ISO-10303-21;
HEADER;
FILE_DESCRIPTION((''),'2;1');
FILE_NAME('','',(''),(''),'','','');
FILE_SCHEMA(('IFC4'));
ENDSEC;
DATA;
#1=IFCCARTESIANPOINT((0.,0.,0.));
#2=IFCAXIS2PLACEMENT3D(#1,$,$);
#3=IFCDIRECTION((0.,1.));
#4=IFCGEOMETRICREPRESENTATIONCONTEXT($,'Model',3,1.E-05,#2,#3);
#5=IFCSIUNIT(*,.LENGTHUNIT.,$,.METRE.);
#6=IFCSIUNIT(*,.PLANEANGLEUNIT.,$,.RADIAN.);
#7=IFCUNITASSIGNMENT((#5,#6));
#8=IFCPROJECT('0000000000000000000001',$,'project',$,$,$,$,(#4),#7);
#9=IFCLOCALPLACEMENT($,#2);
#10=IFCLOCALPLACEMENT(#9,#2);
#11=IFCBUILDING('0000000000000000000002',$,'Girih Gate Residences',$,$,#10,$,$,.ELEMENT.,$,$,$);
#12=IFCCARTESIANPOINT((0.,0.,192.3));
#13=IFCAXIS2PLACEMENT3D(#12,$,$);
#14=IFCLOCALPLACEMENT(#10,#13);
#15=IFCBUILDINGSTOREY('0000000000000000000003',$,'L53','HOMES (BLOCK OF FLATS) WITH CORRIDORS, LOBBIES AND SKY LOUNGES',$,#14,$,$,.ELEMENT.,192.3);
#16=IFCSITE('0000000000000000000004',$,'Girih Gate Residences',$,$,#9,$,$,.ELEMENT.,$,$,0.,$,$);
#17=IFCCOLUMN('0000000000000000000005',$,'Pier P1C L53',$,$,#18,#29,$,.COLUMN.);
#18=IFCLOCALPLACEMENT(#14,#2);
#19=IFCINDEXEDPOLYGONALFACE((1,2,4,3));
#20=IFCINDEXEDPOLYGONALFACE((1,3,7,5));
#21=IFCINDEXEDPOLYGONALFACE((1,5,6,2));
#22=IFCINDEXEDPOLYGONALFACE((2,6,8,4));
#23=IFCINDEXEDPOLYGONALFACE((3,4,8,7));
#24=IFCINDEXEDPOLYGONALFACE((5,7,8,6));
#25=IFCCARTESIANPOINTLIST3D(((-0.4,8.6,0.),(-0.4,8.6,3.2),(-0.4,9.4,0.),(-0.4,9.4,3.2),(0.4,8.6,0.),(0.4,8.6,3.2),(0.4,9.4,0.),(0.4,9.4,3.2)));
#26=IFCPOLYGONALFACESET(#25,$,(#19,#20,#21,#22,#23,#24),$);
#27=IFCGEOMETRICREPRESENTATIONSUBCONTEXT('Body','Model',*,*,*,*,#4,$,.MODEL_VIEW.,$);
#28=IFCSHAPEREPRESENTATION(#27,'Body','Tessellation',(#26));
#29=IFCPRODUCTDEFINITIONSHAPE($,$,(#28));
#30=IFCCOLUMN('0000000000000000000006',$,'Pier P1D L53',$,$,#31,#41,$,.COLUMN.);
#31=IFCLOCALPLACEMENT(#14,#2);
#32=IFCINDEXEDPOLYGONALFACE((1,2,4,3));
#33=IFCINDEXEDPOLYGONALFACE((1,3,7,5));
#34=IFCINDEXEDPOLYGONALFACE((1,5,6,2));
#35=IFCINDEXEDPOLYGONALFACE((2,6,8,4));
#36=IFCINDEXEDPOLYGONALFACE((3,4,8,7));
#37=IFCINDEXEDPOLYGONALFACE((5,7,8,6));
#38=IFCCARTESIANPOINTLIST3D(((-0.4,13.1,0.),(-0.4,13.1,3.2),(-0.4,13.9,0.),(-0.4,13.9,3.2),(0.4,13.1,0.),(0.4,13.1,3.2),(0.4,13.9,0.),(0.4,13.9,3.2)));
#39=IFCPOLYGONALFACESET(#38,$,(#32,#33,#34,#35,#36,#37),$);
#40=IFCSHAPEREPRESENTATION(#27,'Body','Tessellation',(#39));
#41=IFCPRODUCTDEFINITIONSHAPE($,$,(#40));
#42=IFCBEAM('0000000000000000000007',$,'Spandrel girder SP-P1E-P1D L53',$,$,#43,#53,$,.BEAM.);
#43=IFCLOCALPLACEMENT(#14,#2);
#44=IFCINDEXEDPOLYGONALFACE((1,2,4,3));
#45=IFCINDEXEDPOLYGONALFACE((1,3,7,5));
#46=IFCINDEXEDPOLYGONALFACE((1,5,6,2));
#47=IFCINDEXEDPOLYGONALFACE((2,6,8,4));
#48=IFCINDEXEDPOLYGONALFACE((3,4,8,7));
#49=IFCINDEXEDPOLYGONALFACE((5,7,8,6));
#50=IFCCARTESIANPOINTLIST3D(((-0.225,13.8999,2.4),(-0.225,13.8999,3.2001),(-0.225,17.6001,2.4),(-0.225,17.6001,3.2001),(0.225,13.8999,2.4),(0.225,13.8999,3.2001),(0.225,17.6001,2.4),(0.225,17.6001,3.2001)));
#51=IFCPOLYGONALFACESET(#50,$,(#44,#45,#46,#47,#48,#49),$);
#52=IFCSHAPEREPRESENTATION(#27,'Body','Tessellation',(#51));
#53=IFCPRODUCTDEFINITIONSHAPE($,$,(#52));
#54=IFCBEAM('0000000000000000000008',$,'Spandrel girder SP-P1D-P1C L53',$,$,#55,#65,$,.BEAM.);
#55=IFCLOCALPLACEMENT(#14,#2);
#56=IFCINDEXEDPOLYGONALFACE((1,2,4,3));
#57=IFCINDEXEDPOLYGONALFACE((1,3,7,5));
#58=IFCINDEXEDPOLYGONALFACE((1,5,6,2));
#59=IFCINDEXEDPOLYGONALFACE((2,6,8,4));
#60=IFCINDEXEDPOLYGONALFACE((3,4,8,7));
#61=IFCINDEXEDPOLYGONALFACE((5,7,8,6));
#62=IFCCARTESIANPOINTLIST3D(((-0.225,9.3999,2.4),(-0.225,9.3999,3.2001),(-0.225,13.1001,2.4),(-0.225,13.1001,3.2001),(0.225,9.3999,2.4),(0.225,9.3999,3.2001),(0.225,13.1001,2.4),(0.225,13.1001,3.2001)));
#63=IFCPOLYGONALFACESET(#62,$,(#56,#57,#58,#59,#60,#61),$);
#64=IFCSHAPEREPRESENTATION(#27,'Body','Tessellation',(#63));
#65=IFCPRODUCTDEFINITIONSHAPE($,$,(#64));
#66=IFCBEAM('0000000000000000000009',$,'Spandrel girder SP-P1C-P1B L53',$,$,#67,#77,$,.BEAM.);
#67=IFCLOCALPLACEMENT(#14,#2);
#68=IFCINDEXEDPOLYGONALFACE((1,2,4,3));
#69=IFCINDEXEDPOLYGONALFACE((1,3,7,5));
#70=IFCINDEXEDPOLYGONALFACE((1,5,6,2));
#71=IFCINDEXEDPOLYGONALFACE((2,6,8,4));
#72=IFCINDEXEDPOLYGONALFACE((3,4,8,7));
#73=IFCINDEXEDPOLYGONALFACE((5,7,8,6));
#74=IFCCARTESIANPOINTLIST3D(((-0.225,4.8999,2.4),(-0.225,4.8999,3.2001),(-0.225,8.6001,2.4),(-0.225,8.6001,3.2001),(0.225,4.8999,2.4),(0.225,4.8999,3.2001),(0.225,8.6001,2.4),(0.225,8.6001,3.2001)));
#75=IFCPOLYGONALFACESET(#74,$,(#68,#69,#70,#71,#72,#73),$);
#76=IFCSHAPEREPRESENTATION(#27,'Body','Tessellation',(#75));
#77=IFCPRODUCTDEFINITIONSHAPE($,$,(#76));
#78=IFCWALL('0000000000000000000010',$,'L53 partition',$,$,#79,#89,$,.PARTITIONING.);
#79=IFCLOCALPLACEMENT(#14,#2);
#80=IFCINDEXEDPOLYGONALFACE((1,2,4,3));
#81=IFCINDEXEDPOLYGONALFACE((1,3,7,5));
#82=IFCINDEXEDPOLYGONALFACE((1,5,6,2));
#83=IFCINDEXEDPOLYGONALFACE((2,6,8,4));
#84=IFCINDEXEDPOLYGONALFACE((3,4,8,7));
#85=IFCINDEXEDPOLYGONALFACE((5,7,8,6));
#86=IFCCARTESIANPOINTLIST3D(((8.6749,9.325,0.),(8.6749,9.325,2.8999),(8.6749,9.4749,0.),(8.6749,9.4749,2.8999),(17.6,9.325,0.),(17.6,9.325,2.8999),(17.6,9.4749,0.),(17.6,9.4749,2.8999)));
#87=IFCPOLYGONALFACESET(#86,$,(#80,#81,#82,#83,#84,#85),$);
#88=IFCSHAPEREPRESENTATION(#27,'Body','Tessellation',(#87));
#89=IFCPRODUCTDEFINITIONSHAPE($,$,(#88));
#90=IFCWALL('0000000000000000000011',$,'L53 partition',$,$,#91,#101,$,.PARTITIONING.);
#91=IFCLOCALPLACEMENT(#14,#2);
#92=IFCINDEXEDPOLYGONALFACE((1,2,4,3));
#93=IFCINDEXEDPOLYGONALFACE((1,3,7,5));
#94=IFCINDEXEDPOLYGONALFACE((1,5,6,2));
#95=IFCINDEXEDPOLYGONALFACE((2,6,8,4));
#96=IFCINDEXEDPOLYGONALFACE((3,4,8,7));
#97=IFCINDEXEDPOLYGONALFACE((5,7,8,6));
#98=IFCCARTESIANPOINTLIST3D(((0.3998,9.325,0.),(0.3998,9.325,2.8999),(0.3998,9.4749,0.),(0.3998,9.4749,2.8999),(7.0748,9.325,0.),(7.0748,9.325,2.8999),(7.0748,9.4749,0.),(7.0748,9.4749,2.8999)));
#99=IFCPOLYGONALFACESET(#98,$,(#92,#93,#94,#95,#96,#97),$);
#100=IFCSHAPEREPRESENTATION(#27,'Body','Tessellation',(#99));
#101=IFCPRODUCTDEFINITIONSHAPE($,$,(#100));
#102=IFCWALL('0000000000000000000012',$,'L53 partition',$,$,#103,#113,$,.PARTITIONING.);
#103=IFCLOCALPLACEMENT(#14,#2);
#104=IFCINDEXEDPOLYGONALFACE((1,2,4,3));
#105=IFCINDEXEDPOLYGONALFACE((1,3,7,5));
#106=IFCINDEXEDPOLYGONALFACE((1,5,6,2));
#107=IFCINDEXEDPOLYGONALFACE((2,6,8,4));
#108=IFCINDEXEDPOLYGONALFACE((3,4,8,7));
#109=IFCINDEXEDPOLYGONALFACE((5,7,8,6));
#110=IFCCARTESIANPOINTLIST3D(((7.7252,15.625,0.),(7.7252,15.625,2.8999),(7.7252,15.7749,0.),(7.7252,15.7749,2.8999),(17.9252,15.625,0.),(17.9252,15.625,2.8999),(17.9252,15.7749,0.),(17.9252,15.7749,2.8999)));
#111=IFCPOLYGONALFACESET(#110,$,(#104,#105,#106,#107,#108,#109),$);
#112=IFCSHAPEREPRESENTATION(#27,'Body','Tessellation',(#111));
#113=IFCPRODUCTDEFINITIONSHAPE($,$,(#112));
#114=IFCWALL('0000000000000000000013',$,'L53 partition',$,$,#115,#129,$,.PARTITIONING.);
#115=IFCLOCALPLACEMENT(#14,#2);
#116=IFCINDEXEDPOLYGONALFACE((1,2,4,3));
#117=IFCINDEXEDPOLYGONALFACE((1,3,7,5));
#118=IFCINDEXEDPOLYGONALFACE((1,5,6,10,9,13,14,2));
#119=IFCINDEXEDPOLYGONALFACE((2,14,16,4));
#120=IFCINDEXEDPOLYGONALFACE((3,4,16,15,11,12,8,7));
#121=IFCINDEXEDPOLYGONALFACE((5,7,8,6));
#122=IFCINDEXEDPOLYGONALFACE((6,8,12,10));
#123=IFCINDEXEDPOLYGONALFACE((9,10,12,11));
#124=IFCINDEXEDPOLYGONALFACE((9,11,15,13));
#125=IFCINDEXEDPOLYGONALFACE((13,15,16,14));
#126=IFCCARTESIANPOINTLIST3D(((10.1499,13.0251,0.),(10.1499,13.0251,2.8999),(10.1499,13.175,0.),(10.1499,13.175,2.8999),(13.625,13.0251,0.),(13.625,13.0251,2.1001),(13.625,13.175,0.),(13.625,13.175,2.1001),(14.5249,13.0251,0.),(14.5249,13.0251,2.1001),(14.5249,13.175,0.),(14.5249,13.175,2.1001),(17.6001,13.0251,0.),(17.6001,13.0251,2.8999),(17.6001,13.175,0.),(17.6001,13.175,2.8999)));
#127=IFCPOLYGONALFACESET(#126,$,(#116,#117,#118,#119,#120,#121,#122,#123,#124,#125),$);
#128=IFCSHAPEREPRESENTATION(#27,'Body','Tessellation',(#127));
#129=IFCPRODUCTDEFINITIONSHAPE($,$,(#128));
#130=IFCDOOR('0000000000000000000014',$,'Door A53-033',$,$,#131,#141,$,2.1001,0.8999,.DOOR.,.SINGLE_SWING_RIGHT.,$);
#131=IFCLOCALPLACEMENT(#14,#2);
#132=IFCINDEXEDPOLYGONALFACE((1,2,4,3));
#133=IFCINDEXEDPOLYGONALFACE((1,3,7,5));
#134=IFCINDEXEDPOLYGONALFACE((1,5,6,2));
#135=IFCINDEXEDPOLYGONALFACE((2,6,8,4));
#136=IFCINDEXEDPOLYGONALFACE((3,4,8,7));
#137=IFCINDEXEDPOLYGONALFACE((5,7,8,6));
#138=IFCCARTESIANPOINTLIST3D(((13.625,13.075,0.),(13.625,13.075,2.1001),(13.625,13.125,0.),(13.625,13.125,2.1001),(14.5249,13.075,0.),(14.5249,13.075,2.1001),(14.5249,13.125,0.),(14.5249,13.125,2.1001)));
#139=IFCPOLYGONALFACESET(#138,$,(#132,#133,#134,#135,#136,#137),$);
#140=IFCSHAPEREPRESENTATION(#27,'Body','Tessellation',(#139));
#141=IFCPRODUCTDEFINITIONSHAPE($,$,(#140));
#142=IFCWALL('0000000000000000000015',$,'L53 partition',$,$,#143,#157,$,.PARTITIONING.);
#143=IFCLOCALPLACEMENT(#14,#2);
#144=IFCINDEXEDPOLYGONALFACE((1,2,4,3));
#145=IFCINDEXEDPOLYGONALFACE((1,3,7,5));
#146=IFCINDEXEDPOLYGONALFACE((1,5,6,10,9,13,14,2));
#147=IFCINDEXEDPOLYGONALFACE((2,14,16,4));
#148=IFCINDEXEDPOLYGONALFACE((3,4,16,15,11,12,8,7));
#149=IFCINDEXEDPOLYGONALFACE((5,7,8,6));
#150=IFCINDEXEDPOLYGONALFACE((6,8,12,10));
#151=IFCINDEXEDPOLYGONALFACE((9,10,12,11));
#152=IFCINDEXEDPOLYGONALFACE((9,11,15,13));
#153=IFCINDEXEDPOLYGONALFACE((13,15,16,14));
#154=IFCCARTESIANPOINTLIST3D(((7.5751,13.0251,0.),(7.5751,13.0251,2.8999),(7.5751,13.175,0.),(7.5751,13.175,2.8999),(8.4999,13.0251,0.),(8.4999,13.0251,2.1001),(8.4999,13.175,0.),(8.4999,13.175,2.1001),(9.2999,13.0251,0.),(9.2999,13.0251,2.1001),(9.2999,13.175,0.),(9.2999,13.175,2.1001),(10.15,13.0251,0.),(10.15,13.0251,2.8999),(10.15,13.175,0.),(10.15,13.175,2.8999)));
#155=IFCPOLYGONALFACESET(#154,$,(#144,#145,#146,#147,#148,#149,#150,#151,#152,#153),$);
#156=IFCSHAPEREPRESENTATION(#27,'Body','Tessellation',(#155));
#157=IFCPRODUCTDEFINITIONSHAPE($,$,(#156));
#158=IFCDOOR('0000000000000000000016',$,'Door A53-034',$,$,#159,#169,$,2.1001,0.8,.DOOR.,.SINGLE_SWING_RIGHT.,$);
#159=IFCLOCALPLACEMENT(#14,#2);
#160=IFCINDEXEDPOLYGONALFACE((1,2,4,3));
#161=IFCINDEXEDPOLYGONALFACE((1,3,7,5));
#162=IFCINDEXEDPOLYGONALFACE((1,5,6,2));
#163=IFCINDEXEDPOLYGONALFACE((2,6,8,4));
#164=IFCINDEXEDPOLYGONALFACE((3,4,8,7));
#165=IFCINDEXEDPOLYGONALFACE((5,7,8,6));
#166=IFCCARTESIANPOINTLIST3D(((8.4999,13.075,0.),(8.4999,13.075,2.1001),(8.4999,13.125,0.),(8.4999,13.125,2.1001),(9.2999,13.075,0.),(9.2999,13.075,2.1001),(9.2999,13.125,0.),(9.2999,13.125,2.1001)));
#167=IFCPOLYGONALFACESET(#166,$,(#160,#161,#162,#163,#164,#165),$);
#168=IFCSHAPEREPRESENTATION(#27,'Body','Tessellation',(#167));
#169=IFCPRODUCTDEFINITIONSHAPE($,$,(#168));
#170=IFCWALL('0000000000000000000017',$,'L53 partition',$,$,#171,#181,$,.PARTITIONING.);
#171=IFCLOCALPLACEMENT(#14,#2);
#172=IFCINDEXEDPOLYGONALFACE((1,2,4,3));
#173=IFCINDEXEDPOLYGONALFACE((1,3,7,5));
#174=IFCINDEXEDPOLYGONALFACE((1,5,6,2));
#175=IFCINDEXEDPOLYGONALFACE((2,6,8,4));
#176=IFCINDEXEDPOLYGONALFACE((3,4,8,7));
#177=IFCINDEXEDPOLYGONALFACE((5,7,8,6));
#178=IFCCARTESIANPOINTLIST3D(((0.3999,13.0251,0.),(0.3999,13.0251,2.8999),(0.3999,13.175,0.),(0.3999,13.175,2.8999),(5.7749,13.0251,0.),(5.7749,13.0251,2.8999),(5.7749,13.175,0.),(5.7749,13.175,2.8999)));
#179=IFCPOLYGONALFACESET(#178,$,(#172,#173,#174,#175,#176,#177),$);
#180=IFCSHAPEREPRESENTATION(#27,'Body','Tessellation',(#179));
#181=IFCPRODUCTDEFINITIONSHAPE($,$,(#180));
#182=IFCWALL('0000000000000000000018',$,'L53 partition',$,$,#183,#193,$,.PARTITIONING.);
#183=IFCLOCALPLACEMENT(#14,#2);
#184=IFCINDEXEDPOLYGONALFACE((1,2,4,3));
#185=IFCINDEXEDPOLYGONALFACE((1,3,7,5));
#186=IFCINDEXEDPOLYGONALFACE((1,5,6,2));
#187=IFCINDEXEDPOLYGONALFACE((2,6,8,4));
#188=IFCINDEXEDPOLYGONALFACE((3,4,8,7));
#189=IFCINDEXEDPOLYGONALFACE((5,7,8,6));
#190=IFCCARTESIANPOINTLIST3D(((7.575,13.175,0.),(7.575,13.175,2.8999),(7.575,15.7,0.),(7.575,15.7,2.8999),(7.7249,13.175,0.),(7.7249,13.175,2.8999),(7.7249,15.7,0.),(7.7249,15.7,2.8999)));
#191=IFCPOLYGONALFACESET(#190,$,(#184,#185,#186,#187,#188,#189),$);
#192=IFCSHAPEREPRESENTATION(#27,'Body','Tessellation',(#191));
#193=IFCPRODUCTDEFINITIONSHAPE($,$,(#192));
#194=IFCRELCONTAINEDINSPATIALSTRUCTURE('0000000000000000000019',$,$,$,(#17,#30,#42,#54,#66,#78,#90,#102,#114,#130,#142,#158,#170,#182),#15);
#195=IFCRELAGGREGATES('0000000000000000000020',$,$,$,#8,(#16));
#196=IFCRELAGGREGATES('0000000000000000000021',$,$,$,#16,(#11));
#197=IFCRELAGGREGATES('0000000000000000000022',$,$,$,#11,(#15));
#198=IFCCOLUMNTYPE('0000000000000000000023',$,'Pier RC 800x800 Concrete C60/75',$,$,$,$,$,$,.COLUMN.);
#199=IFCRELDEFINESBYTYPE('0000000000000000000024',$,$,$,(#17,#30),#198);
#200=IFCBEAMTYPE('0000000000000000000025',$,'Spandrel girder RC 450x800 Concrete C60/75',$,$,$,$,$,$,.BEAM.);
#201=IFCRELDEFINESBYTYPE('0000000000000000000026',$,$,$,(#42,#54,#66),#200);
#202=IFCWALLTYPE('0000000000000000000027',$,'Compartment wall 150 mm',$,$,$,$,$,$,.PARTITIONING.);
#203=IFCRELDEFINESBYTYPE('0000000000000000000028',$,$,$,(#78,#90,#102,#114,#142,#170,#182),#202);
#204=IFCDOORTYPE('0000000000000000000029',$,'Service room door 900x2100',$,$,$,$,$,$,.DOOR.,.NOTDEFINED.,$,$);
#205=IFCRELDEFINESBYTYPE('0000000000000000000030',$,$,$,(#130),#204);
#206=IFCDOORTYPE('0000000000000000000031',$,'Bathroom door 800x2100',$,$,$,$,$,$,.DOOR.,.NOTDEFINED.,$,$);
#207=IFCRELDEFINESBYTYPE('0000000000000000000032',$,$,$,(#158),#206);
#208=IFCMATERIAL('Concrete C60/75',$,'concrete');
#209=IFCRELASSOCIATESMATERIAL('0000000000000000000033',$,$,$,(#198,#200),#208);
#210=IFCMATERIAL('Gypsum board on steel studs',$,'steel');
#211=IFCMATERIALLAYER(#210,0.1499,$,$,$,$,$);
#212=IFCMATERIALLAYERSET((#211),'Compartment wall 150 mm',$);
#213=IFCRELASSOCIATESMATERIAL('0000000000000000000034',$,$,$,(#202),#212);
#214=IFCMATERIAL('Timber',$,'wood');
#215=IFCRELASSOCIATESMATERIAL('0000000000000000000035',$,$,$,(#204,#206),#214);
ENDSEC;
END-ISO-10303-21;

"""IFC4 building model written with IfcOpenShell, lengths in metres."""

from ifc_helpers import new_model, si_unit, direction, frame, frame_2d, origin, origin_2d, place, context, subcontext, project, spatial, rectangle, extrude, material, layer, layer_set, material_profile, profile_set, type_object, element, fill, save


model = new_model("IFC4")

# Units and contexts
model_context = context("Model", 3, precision=1e-05, world=origin(), true_north=direction((0.0, 1.0)))
body_context = subcontext(model_context, "Body", "Model", "MODEL_VIEW")
ifc_project = project(units=[si_unit("LENGTHUNIT", "METRE"), si_unit("PLANEANGLEUNIT", "RADIAN")], contexts=[model_context])

# Site, building, storey
site_placement = place(None, origin())
site = spatial("IfcSite", under=ifc_project, at=site_placement, Name="Girih Gate Residences", CompositionType="ELEMENT", RefElevation=0.0)
building_placement = place(site_placement, origin())
building = spatial("IfcBuilding", under=site, at=building_placement, Name="Girih Gate Residences", CompositionType="ELEMENT")
storey_placement = place(building_placement, frame((0.0, 0.0, 192.3)))
storey = spatial("IfcBuildingStorey", under=building, at=storey_placement, Name="L53", Description="HOMES (BLOCK OF FLATS) WITH CORRIDORS, LOBBIES AND SKY LOUNGES", CompositionType="ELEMENT", Elevation=192.3)

# Columns
ifc_material_1 = material(Name="Concrete C60/75", Category="concrete")
ifc_material_profile_1 = material_profile(ifc_material_1, rectangle(XDim=0.8, YDim=0.8, at=origin_2d()))
ifc_profile_set_1 = profile_set([ifc_material_profile_1], Name="Concrete C60/75")
column_type = type_object("IfcColumnType", Name="Pier RC 800x800 Concrete C60/75", PredefinedType="COLUMN", material=ifc_profile_set_1)
for number, where, z_axis, x_axis, name in (
    (1, (0.0, 9.0, 0.0), (0.0, 0.0, 1.0), (1.0, 0.0, 0.0), "Pier P1C L53"),
    (2, (0.0, 13.5, 0.0), (0.0, 0.0, 1.0), (1.0, 0.0, 0.0), "Pier P1D L53"),
):
    element("IfcColumn", number, at=place(storey_placement, frame(where, z_axis=z_axis, x_axis=x_axis)), inside=storey, type_object=column_type, Name=name, PredefinedType="COLUMN", context=body_context, shape_type="SweptSolid", body=[
        extrude(rectangle(XDim=0.8, YDim=0.8, at=origin_2d()), origin(), (0.0, 0.0, 1.0), 3.2),
    ])

# Beams
ifc_material_profile_2 = material_profile(ifc_material_1, rectangle(XDim=0.45, YDim=0.8, at=origin_2d()))
ifc_profile_set_2 = profile_set([ifc_material_profile_2], Name="Concrete C60/75")
beam_type = type_object("IfcBeamType", Name="Spandrel girder RC 450x800 Concrete C60/75", PredefinedType="BEAM", material=ifc_profile_set_2)
for number, where, z_axis, x_axis, name in (
    (3, (0.0, 17.6001, 2.8), (0.0, -1.0, 0.0), (1.0, 0.0, 0.0), "Spandrel girder SP-P1E-P1D L53"),
    (4, (0.0, 13.1001, 2.8), (0.0, -1.0, 0.0), (1.0, 0.0, 0.0), "Spandrel girder SP-P1D-P1C L53"),
    (5, (0.0, 8.6001, 2.8), (0.0, -1.0, 0.0), (1.0, 0.0, 0.0), "Spandrel girder SP-P1C-P1B L53"),
):
    element("IfcBeam", number, at=place(storey_placement, frame(where, z_axis=z_axis, x_axis=x_axis)), inside=storey, type_object=beam_type, Name=name, PredefinedType="BEAM", context=body_context, shape_type="SweptSolid", body=[
        extrude(rectangle(XDim=0.45, YDim=0.8, at=origin_2d()), origin(), (0.0, 0.0, 1.0), 3.7002),
    ])

# Wall
ifc_material_2 = material(Name="Gypsum board on steel studs", Category="steel")
ifc_layer_1 = layer(ifc_material_2, 0.1499)
ifc_layer_set_1 = layer_set([ifc_layer_1], Name="Compartment wall 150 mm")
wall_type_1 = type_object("IfcWallType", Name="Compartment wall 150 mm", PredefinedType="PARTITIONING", material=ifc_layer_set_1)
wall_1_placement = place(storey_placement, frame((8.675, 9.3999, 0.0), z_axis=(0.0, 0.0, 1.0), x_axis=(1.0, 0.0, 0.0)))
element("IfcWall", 6, at=wall_1_placement, inside=storey, type_object=wall_type_1, Name="L53 partition", PredefinedType="PARTITIONING", context=body_context, shape_type="SweptSolid", body=[
    extrude(rectangle(XDim=8.925, YDim=0.1499, at=frame_2d((4.4624, 0.0))), origin(), (0.0, 0.0, 1.0), 2.8999),
])

# Walls
wall_2_placement = place(storey_placement, frame((0.3999, 9.3999, 0.0), z_axis=(0.0, 0.0, 1.0), x_axis=(1.0, 0.0, 0.0)))
element("IfcWall", 7, at=wall_2_placement, inside=storey, type_object=wall_type_1, Name="L53 partition", PredefinedType="PARTITIONING", context=body_context, shape_type="SweptSolid", body=[
    extrude(rectangle(XDim=6.675, YDim=0.1499, at=frame_2d((3.3374, 0.0))), origin(), (0.0, 0.0, 1.0), 2.8999),
])
wall_3_placement = place(storey_placement, frame((7.7251, 15.7, 0.0), z_axis=(0.0, 0.0, 1.0), x_axis=(1.0, 0.0, 0.0)))
element("IfcWall", 8, at=wall_3_placement, inside=storey, type_object=wall_type_1, Name="L53 partition", PredefinedType="PARTITIONING", context=body_context, shape_type="SweptSolid", body=[
    extrude(rectangle(XDim=10.2, YDim=0.1499, at=frame_2d((5.1001, 0.0))), origin(), (0.0, 0.0, 1.0), 2.8999),
])

# Walls, openings, doors
wall_4_placement = place(storey_placement, frame((10.1499, 13.1001, 0.0), z_axis=(0.0, 0.0, 1.0), x_axis=(1.0, 0.0, 0.0)))
wall_4 = element("IfcWall", 9, at=wall_4_placement, inside=storey, type_object=wall_type_1, Name="L53 partition", PredefinedType="PARTITIONING", context=body_context, shape_type="SweptSolid", body=[
    extrude(rectangle(XDim=7.4502, YDim=0.1499, at=frame_2d((3.7251, 0.0))), origin(), (0.0, 0.0, 1.0), 2.8999),
])
opening_1_placement = place(wall_4_placement, frame((3.4751, 0.0, 0.0)))
opening_1 = element("IfcOpeningElement", 10, at=opening_1_placement, cuts=wall_4, PredefinedType="OPENING", context=body_context, shape_type="SweptSolid", body=[
    extrude(rectangle(XDim=0.8999, YDim=2.1001, at=frame_2d((0.45, 1.05))), frame((0.0, 0.085, 0.0), z_axis=(0.0, -1.0, 0.0), x_axis=(1.0, 0.0, 0.0)), (0.0, 0.0, 1.0), 0.1699),
])
ifc_material_3 = material(Name="Timber", Category="wood")
door_type_1 = type_object("IfcDoorType", Name="Service room door 900x2100", OperationType="NOTDEFINED", PredefinedType="DOOR", material=ifc_material_3)
door_1_placement = place(opening_1_placement, origin())
door_1 = element("IfcDoor", 11, at=door_1_placement, inside=storey, type_object=door_type_1, Name="Door A53-033", OperationType="SINGLE_SWING_RIGHT", OverallHeight=2.1001, OverallWidth=0.8999, PredefinedType="DOOR", context=body_context, shape_type="SweptSolid", body=[
    extrude(rectangle(XDim=0.8999, YDim=2.1001, at=frame_2d((0.45, 1.05))), frame((0.0, 0.0249, 0.0), z_axis=(0.0, -1.0, 0.0), x_axis=(1.0, 0.0, 0.0)), (0.0, 0.0, 1.0), 0.05),
])
fill(opening_1, door_1)
wall_5_placement = place(storey_placement, frame((7.575, 13.1001, 0.0), z_axis=(0.0, 0.0, 1.0), x_axis=(1.0, 0.0, 0.0)))
wall_5 = element("IfcWall", 12, at=wall_5_placement, inside=storey, type_object=wall_type_1, Name="L53 partition", PredefinedType="PARTITIONING", context=body_context, shape_type="SweptSolid", body=[
    extrude(rectangle(XDim=2.575, YDim=0.1499, at=frame_2d((1.2876, 0.0))), origin(), (0.0, 0.0, 1.0), 2.8999),
])
opening_2_placement = place(wall_5_placement, frame((0.925, 0.0, 0.0)))
opening_2 = element("IfcOpeningElement", 13, at=opening_2_placement, cuts=wall_5, PredefinedType="OPENING", context=body_context, shape_type="SweptSolid", body=[
    extrude(rectangle(XDim=0.8, YDim=2.1001, at=frame_2d((0.3999, 1.05))), frame((0.0, 0.085, 0.0), z_axis=(0.0, -1.0, 0.0), x_axis=(1.0, 0.0, 0.0)), (0.0, 0.0, 1.0), 0.1699),
])
door_type_2 = type_object("IfcDoorType", Name="Bathroom door 800x2100", OperationType="NOTDEFINED", PredefinedType="DOOR", material=ifc_material_3)
door_2_placement = place(opening_2_placement, origin())
door_2 = element("IfcDoor", 14, at=door_2_placement, inside=storey, type_object=door_type_2, Name="Door A53-034", OperationType="SINGLE_SWING_RIGHT", OverallHeight=2.1001, OverallWidth=0.8, PredefinedType="DOOR", context=body_context, shape_type="SweptSolid", body=[
    extrude(rectangle(XDim=0.8, YDim=2.1001, at=frame_2d((0.3999, 1.05))), frame((0.0, 0.0249, 0.0), z_axis=(0.0, -1.0, 0.0), x_axis=(1.0, 0.0, 0.0)), (0.0, 0.0, 1.0), 0.05),
])
fill(opening_2, door_2)

# Walls
wall_6_placement = place(storey_placement, frame((0.3999, 13.1001, 0.0), z_axis=(0.0, 0.0, 1.0), x_axis=(1.0, 0.0, 0.0)))
element("IfcWall", 15, at=wall_6_placement, inside=storey, type_object=wall_type_1, Name="L53 partition", PredefinedType="PARTITIONING", context=body_context, shape_type="SweptSolid", body=[
    extrude(rectangle(XDim=5.375, YDim=0.1499, at=frame_2d((2.6875, 0.0))), origin(), (0.0, 0.0, 1.0), 2.8999),
])
wall_7_placement = place(storey_placement, frame((7.6499, 13.175, 0.0), z_axis=(0.0, 0.0, 1.0), x_axis=(0.0, 1.0, 0.0)))
element("IfcWall", 16, at=wall_7_placement, inside=storey, type_object=wall_type_1, Name="L53 partition", PredefinedType="PARTITIONING", context=body_context, shape_type="SweptSolid", body=[
    extrude(rectangle(XDim=2.5249, YDim=0.1499, at=frame_2d((1.2625, 0.0))), origin(), (0.0, 0.0, 1.0), 2.8999),
])

save(model, "model.ifc")
